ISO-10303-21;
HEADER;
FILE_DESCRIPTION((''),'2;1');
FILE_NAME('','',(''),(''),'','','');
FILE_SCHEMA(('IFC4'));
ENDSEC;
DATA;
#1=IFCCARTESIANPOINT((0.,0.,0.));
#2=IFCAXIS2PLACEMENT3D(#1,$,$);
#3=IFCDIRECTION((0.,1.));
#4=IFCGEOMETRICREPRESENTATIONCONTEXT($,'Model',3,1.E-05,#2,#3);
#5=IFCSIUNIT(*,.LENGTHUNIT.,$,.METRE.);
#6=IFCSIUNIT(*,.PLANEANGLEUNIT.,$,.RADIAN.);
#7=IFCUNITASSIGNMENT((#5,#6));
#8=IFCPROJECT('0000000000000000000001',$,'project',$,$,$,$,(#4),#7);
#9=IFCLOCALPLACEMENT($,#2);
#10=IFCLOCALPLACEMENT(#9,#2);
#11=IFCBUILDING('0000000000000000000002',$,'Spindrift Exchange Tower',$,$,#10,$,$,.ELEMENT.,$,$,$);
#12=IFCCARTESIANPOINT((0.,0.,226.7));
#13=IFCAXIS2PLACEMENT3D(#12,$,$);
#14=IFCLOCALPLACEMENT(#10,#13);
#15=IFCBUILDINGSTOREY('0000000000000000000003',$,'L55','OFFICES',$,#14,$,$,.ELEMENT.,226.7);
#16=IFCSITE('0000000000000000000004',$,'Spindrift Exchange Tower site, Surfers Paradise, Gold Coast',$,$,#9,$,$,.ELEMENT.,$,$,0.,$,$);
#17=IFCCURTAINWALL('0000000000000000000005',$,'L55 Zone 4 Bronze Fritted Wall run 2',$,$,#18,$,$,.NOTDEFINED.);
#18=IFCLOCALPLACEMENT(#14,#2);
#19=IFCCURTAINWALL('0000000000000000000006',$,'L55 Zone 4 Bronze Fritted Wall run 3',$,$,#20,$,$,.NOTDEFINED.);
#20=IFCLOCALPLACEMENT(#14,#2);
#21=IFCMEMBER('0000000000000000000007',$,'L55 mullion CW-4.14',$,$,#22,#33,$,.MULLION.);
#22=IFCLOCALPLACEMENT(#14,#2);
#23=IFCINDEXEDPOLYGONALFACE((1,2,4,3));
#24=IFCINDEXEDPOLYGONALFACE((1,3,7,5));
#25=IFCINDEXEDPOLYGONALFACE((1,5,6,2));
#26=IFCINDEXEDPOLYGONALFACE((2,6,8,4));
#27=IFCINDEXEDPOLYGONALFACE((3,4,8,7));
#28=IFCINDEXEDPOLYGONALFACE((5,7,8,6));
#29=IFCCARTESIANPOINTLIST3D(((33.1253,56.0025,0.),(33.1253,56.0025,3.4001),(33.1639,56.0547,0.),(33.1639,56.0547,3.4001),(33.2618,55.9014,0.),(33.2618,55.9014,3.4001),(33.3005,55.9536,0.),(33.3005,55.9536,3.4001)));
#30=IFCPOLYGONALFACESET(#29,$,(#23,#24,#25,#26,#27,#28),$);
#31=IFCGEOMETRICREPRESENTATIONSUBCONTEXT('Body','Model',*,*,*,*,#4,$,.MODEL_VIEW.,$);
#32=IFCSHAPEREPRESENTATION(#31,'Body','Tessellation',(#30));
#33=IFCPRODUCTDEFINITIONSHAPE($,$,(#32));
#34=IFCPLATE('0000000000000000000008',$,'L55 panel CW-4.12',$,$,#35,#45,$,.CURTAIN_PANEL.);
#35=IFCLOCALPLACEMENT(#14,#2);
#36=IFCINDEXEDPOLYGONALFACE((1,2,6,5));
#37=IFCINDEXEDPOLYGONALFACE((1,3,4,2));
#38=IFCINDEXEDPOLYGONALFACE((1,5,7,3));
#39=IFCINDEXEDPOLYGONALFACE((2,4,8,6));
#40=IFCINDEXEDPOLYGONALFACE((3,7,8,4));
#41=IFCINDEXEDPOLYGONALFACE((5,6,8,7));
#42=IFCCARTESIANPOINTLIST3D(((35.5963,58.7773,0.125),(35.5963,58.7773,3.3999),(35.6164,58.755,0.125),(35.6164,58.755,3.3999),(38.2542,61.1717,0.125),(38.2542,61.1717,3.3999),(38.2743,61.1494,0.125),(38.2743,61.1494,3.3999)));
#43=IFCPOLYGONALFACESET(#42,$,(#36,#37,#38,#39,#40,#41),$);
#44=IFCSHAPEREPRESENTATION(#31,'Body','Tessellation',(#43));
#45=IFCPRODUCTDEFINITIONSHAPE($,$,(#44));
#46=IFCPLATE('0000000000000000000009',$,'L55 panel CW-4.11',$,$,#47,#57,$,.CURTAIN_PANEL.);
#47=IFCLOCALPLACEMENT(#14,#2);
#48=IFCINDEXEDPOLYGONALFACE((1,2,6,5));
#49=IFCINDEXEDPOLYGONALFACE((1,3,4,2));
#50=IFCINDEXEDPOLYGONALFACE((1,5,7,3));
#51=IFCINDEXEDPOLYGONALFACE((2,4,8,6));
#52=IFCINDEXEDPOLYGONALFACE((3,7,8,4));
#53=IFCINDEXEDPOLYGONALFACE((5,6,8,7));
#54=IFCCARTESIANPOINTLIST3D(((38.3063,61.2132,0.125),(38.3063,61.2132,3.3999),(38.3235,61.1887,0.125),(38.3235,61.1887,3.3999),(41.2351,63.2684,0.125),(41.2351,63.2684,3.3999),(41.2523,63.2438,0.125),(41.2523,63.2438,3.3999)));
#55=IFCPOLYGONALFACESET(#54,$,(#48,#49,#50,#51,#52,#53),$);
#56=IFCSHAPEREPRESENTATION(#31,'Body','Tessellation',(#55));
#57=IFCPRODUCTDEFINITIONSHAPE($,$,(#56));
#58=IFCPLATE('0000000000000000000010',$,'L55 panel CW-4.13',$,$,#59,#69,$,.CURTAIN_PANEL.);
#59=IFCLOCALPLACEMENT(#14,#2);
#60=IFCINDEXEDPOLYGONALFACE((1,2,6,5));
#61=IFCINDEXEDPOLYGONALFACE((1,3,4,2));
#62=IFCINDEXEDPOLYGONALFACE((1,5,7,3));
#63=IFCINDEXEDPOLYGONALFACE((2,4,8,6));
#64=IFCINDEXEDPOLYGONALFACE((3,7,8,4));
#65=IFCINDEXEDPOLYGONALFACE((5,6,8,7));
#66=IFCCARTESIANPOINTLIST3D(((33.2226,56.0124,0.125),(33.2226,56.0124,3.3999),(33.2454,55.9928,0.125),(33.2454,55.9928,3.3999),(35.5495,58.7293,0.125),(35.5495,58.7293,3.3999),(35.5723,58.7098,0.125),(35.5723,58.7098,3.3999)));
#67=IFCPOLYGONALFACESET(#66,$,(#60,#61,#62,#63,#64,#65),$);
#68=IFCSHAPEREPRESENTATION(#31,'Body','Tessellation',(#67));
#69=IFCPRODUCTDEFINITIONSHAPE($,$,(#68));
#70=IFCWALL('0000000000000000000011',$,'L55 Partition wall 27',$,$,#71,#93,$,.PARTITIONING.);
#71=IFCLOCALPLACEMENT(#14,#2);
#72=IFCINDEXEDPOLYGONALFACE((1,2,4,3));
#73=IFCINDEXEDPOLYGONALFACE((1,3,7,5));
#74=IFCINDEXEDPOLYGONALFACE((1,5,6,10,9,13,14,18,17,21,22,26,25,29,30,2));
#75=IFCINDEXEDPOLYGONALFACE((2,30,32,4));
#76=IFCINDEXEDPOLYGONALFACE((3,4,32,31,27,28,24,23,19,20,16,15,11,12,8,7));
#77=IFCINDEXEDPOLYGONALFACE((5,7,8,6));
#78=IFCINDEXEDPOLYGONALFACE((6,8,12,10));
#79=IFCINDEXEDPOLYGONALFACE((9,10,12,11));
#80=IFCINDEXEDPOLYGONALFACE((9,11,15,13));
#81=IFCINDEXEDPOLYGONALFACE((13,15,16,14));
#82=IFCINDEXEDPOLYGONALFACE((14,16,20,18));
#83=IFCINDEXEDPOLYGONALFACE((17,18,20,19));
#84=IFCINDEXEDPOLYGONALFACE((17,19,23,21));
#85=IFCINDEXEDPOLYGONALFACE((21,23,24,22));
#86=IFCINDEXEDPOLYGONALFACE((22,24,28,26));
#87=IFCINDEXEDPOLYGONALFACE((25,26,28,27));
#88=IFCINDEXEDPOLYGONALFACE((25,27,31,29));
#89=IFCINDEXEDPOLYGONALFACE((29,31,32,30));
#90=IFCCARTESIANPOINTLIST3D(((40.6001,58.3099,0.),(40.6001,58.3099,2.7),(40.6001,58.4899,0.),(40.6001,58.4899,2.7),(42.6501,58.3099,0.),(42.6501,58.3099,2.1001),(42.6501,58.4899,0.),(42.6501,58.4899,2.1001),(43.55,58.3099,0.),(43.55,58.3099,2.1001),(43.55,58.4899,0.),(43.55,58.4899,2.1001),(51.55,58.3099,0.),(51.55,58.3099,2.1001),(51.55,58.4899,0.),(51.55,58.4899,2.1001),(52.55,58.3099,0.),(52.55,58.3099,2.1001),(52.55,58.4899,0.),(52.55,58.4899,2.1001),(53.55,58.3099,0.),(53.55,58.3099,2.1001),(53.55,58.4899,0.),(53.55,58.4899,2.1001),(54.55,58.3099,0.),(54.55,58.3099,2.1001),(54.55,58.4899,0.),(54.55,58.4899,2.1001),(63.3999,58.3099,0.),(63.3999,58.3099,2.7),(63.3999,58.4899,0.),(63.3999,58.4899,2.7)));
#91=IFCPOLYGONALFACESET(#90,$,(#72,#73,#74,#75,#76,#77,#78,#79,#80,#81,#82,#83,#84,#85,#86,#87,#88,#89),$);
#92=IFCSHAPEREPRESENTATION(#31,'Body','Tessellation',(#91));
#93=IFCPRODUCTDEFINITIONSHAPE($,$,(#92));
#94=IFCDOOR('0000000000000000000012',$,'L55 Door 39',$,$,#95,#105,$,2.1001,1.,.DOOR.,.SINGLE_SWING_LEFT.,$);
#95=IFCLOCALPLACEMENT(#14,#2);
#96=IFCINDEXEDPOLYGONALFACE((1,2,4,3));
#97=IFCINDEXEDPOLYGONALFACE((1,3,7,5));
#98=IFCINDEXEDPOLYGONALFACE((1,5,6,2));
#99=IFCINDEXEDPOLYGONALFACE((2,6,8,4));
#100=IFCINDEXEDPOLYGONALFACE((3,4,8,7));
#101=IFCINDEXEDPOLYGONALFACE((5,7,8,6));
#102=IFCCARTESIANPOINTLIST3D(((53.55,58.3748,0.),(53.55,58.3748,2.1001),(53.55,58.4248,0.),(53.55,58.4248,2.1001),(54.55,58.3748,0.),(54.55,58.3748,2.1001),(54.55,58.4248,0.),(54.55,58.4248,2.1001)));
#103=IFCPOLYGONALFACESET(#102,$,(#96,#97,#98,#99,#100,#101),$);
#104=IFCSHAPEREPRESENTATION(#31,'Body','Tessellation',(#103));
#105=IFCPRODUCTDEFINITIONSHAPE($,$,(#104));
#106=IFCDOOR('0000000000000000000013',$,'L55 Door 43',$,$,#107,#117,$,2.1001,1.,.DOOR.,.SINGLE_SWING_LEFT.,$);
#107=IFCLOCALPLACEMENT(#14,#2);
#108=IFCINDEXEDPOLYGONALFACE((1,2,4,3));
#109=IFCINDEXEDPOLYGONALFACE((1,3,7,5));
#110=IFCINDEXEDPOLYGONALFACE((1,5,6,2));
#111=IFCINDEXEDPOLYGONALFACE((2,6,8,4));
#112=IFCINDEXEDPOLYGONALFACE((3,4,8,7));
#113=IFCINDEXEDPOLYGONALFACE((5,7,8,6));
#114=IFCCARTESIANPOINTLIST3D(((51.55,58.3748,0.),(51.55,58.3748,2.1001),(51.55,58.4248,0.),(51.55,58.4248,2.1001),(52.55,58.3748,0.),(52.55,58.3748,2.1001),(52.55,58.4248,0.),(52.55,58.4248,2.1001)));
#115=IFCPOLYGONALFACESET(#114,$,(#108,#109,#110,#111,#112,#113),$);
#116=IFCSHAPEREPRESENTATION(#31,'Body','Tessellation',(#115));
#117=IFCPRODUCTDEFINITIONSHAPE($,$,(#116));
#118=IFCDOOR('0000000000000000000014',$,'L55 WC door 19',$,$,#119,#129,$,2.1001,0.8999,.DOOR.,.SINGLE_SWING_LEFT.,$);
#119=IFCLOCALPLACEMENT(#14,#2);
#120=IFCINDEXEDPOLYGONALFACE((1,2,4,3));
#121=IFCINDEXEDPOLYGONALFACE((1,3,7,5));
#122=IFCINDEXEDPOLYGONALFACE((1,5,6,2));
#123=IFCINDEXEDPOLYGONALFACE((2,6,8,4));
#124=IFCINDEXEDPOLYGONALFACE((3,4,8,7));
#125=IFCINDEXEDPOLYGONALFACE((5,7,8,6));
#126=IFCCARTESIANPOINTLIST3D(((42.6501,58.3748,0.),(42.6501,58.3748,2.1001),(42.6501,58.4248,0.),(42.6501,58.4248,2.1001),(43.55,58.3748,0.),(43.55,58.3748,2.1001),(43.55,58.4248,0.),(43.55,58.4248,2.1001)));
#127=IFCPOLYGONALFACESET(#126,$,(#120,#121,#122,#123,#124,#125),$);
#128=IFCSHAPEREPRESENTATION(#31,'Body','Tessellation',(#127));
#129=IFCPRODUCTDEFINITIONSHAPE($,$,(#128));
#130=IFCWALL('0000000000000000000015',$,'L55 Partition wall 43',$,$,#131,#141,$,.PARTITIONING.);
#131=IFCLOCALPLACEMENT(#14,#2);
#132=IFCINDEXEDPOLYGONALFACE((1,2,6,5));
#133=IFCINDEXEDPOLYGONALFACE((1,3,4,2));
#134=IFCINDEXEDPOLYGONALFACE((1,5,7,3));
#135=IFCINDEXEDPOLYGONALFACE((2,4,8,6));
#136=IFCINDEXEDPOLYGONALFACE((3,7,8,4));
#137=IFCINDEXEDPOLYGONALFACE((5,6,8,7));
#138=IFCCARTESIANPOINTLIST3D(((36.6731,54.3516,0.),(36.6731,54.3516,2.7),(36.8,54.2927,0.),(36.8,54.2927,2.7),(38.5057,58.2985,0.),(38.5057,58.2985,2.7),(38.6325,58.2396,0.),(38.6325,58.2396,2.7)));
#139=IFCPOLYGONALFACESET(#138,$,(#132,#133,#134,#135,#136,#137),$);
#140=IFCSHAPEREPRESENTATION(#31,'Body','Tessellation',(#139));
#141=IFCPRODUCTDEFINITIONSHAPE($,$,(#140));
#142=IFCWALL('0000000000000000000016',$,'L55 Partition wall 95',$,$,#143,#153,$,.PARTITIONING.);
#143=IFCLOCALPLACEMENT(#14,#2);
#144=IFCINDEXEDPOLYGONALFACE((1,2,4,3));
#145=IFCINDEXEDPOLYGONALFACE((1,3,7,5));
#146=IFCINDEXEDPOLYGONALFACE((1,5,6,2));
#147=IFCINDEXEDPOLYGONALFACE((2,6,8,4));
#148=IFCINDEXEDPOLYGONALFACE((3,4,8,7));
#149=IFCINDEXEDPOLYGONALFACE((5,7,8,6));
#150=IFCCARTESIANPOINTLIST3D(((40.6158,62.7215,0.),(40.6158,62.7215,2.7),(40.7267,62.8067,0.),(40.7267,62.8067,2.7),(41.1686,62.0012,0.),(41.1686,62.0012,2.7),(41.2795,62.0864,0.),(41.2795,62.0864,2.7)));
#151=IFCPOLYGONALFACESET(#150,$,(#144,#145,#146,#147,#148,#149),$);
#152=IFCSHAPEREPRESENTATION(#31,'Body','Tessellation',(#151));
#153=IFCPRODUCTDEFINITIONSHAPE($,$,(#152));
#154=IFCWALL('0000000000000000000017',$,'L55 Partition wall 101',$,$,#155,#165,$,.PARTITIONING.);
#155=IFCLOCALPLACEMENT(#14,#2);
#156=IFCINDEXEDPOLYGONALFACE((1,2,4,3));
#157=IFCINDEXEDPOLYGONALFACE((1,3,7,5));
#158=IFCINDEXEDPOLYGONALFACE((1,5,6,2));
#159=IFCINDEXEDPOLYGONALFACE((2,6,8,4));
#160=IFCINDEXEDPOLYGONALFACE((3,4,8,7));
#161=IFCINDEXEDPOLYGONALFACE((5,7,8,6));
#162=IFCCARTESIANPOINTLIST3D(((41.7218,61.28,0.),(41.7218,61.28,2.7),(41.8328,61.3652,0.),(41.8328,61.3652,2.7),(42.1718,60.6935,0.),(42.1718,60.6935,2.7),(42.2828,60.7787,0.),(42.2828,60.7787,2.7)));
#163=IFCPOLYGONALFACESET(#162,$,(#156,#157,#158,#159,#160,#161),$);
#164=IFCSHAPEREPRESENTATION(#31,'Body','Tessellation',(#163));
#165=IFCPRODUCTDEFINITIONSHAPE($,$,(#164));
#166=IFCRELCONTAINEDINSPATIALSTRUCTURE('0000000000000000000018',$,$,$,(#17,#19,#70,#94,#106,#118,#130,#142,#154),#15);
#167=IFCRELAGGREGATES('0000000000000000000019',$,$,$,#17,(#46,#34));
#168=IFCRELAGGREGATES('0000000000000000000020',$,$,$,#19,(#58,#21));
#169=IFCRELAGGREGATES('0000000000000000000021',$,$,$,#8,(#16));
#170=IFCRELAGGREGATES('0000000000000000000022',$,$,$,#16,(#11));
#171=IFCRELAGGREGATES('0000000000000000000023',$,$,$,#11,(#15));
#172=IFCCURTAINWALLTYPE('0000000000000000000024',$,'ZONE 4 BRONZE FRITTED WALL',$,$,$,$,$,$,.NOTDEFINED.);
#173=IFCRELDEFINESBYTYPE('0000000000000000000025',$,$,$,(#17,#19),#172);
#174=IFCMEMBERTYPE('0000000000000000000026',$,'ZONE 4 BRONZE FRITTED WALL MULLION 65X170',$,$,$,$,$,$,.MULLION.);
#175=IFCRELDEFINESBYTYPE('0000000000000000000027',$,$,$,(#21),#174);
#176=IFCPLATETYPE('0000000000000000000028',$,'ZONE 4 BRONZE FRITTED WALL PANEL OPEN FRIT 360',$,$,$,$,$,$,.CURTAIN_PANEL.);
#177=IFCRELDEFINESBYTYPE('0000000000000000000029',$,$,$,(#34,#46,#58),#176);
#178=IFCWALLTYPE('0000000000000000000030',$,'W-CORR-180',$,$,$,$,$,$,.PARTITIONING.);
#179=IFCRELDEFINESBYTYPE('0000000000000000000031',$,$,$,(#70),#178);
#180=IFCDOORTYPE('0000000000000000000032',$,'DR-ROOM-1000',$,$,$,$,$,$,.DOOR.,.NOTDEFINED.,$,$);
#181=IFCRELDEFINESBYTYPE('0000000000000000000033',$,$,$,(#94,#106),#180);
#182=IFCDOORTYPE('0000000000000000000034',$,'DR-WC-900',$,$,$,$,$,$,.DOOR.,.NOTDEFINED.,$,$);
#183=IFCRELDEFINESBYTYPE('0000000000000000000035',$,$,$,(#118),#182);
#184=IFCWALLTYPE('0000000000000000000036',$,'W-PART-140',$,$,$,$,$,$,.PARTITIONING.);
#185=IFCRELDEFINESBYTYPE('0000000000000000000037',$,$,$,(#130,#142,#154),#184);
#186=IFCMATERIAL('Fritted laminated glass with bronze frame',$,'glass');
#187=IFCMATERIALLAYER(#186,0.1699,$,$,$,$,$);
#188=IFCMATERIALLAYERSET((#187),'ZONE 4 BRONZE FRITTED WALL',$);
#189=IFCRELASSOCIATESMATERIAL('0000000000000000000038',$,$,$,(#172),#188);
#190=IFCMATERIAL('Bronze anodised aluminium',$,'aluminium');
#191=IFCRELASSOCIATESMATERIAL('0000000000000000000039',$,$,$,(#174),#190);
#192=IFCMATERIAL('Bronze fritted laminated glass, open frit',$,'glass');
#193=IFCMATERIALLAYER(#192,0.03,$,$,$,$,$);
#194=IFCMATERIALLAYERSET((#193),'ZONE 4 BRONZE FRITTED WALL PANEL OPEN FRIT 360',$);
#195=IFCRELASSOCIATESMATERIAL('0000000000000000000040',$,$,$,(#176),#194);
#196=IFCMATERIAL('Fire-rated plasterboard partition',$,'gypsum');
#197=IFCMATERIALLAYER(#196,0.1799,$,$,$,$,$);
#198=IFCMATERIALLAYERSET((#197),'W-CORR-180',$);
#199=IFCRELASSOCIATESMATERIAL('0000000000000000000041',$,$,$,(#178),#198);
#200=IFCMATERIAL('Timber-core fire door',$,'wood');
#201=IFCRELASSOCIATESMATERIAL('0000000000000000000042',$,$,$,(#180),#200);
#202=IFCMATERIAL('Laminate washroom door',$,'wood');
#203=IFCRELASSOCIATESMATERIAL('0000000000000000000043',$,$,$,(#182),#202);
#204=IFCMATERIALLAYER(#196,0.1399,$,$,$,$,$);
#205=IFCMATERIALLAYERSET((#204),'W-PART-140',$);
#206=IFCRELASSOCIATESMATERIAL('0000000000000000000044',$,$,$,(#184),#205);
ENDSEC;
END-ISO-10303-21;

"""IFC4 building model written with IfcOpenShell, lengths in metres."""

from ifc_helpers import new_model, si_unit, direction, frame, frame_2d, origin, origin_2d, place, context, subcontext, project, spatial, rectangle, extrude, source, transform, mapped, material, layer, layer_set, material_profile, profile_set, type_object, element, fill, aggregate, save


model = new_model("IFC4")

# Units and contexts
model_context = context("Model", 3, precision=1e-05, world=origin(), true_north=direction((0.0, 1.0)))
body_context = subcontext(model_context, "Body", "Model", "MODEL_VIEW")
ifc_project = project(units=[si_unit("LENGTHUNIT", "METRE"), si_unit("PLANEANGLEUNIT", "RADIAN")], contexts=[model_context])

# Site, building, storey
site_placement = place(None, origin())
site = spatial("IfcSite", under=ifc_project, at=site_placement, Name="Spindrift Exchange Tower site, Surfers Paradise, Gold Coast", CompositionType="ELEMENT", RefElevation=0.0)
building_placement = place(site_placement, origin())
building = spatial("IfcBuilding", under=site, at=building_placement, Name="Spindrift Exchange Tower", CompositionType="ELEMENT")
storey_placement = place(building_placement, frame((0.0, 0.0, 226.7)))
storey = spatial("IfcBuildingStorey", under=building, at=storey_placement, Name="L55", Description="OFFICES", CompositionType="ELEMENT", Elevation=226.7)

# Curtain walls
ifc_material_1 = material(Name="Fritted laminated glass with bronze frame", Category="glass")
ifc_layer_1 = layer(ifc_material_1, 0.1699)
ifc_layer_set_1 = layer_set([ifc_layer_1], Name="ZONE 4 BRONZE FRITTED WALL")
curtain_wall_type = type_object("IfcCurtainWallType", Name="ZONE 4 BRONZE FRITTED WALL", PredefinedType="NOTDEFINED", material=ifc_layer_set_1)
curtain_wall_1_placement = place(storey_placement, origin())
curtain_wall_1 = element("IfcCurtainWall", 1, at=curtain_wall_1_placement, inside=storey, type_object=curtain_wall_type, Name="L55 Zone 4 Bronze Fritted Wall run 2", PredefinedType="NOTDEFINED")
ifc_material_2 = material(Name="Bronze anodised aluminium", Category="aluminium")
curtain_wall_2_placement = place(storey_placement, origin())
curtain_wall_2 = element("IfcCurtainWall", 2, at=curtain_wall_2_placement, inside=storey, type_object=curtain_wall_type, Name="L55 Zone 4 Bronze Fritted Wall run 3", PredefinedType="NOTDEFINED")

# Member
ifc_material_profile_1 = material_profile(ifc_material_2, rectangle(XDim=0.0649, YDim=0.1699, at=origin_2d()), Name="ZONE 4 BRONZE FRITTED WALL MULLION 65X170")
ifc_profile_set_1 = profile_set([ifc_material_profile_1], Name="Bronze anodised aluminium")
member_type_1 = type_object("IfcMemberType", Name="ZONE 4 BRONZE FRITTED WALL MULLION 65X170", PredefinedType="MULLION", material=ifc_profile_set_1)
shared_shape_1 = source(origin(), body_context, "Body", "SweptSolid", [
    extrude(rectangle(XDim=0.0649, YDim=0.1699, at=origin_2d()), origin(), (0.0, 0.0, 1.0), 3.4001),
])
member_1_placement = place(storey_placement, frame((33.2129, 55.978, 0.0), z_axis=(0.0, 0.0, 1.0), x_axis=(-0.595168, -0.803601, 0.0)))
member_1 = element("IfcMember", 3, at=member_1_placement, type_object=member_type_1, Name="L55 mullion CW-4.14", PredefinedType="MULLION", context=body_context, shape_type="MappedRepresentation", body=[
    mapped(shared_shape_1, transform((0.0, 0.0, 0.0), scale=1.0)),
])

# Plates
ifc_material_3 = material(Name="Bronze fritted laminated glass, open frit", Category="glass")
ifc_layer_2 = layer(ifc_material_3, 0.03)
ifc_layer_set_2 = layer_set([ifc_layer_2], Name="ZONE 4 BRONZE FRITTED WALL PANEL OPEN FRIT 360")
plate_type = type_object("IfcPlateType", Name="ZONE 4 BRONZE FRITTED WALL PANEL OPEN FRIT 360", PredefinedType="CURTAIN_PANEL", material=ifc_layer_set_2)
shared_shape_2 = source(origin(), body_context, "Body", "SweptSolid", [
    extrude(rectangle(XDim=3.5774, YDim=0.03, at=origin_2d()), origin(), (0.0, 0.0, 1.0), 3.2749),
])
plate_1_placement = place(storey_placement, frame((36.9353, 59.9634, 0.125), z_axis=(0.0, 0.0, 1.0), x_axis=(-0.742975, -0.669319, 0.0)))
plate_1 = element("IfcPlate", 4, at=plate_1_placement, type_object=plate_type, Name="L55 panel CW-4.12", PredefinedType="CURTAIN_PANEL", context=body_context, shape_type="MappedRepresentation", body=[
    mapped(shared_shape_2, transform((0.0, 0.0, 0.0), scale=1.0)),
])
shared_shape_3 = source(origin(), body_context, "Body", "SweptSolid", [
    extrude(rectangle(XDim=3.5779, YDim=0.03, at=origin_2d()), origin(), (0.0, 0.0, 1.0), 3.2749),
])
plate_2_placement = place(storey_placement, frame((39.7793, 62.2285, 0.125), z_axis=(0.0, 0.0, 1.0), x_axis=(-0.818578, -0.574395, 0.0)))
plate_2 = element("IfcPlate", 5, at=plate_2_placement, type_object=plate_type, Name="L55 panel CW-4.11", PredefinedType="CURTAIN_PANEL", context=body_context, shape_type="MappedRepresentation", body=[
    mapped(shared_shape_3, transform((0.0, 0.0, 0.0), scale=1.0)),
])
aggregate(curtain_wall_1, [plate_2, plate_1])
shared_shape_4 = source(origin(), body_context, "Body", "SweptSolid", [
    extrude(rectangle(XDim=3.5771, YDim=0.03, at=origin_2d()), origin(), (0.0, 0.0, 1.0), 3.2749),
])
plate_3_placement = place(storey_placement, frame((34.3975, 57.3611, 0.125), z_axis=(0.0, 0.0, 1.0), x_axis=(-0.650472, -0.75953, 0.0)))
plate_3 = element("IfcPlate", 6, at=plate_3_placement, type_object=plate_type, Name="L55 panel CW-4.13", PredefinedType="CURTAIN_PANEL", context=body_context, shape_type="MappedRepresentation", body=[
    mapped(shared_shape_4, transform((0.0, 0.0, 0.0), scale=1.0)),
])
aggregate(curtain_wall_2, [plate_3, member_1])

# Wall, openings, doors
ifc_material_4 = material(Name="Fire-rated plasterboard partition", Category="gypsum")
ifc_layer_3 = layer(ifc_material_4, 0.1799)
ifc_layer_set_3 = layer_set([ifc_layer_3], Name="W-CORR-180")
wall_type_1 = type_object("IfcWallType", Name="W-CORR-180", PredefinedType="PARTITIONING", material=ifc_layer_set_3)
wall_1_placement = place(storey_placement, frame((40.6001, 58.3999, 0.0), z_axis=(0.0, 0.0, 1.0), x_axis=(1.0, 0.0, 0.0)))
wall_1 = element("IfcWall", 7, at=wall_1_placement, inside=storey, type_object=wall_type_1, Name="L55 Partition wall 27", PredefinedType="PARTITIONING", context=body_context, shape_type="SweptSolid", body=[
    extrude(rectangle(XDim=22.7998, YDim=0.1799, at=frame_2d((11.3999, 0.0))), origin(), (0.0, 0.0, 1.0), 2.7),
])
opening_1_placement = place(wall_1_placement, frame((2.05, 0.0, 0.0)))
opening_1 = element("IfcOpeningElement", 8, at=opening_1_placement, cuts=wall_1, PredefinedType="OPENING", context=body_context, shape_type="SweptSolid", body=[
    extrude(rectangle(XDim=0.8999, YDim=2.1001, at=frame_2d((0.45, 1.05))), frame((0.0, 0.0999, 0.0), z_axis=(0.0, -1.0, 0.0), x_axis=(1.0, 0.0, 0.0)), (0.0, 0.0, 1.0), 0.2),
])
opening_2_placement = place(wall_1_placement, frame((12.95, 0.0, 0.0)))
opening_2 = element("IfcOpeningElement", 9, at=opening_2_placement, cuts=wall_1, PredefinedType="OPENING", context=body_context, shape_type="SweptSolid", body=[
    extrude(rectangle(XDim=1.0, YDim=2.1001, at=frame_2d((0.5, 1.05))), frame((0.0, 0.0999, 0.0), z_axis=(0.0, -1.0, 0.0), x_axis=(1.0, 0.0, 0.0)), (0.0, 0.0, 1.0), 0.2),
])
opening_3_placement = place(wall_1_placement, frame((10.95, 0.0, 0.0)))
opening_3 = element("IfcOpeningElement", 10, at=opening_3_placement, cuts=wall_1, PredefinedType="OPENING", context=body_context, shape_type="SweptSolid", body=[
    extrude(rectangle(XDim=1.0, YDim=2.1001, at=frame_2d((0.5, 1.05))), frame((0.0, 0.0999, 0.0), z_axis=(0.0, -1.0, 0.0), x_axis=(1.0, 0.0, 0.0)), (0.0, 0.0, 1.0), 0.2),
])
ifc_material_5 = material(Name="Timber-core fire door", Category="wood")
door_type_1 = type_object("IfcDoorType", Name="DR-ROOM-1000", OperationType="NOTDEFINED", PredefinedType="DOOR", material=ifc_material_5)
shared_shape_5 = source(origin(), body_context, "Body", "SweptSolid", [
    extrude(rectangle(XDim=1.0, YDim=2.1001, at=frame_2d((0.5, 1.05))), frame((0.0, 0.0249, 0.0), z_axis=(0.0, -1.0, 0.0), x_axis=(1.0, 0.0, 0.0)), (0.0, 0.0, 1.0), 0.05),
])
door_1_placement = place(opening_2_placement, origin())
door_1 = element("IfcDoor", 11, at=door_1_placement, inside=storey, type_object=door_type_1, Name="L55 Door 39", OperationType="SINGLE_SWING_LEFT", OverallHeight=2.1001, OverallWidth=1.0, PredefinedType="DOOR", context=body_context, shape_type="MappedRepresentation", body=[
    mapped(shared_shape_5, transform((0.0, 0.0, 0.0), scale=1.0)),
])
fill(opening_2, door_1)
door_2_placement = place(opening_3_placement, origin())
door_2 = element("IfcDoor", 12, at=door_2_placement, inside=storey, type_object=door_type_1, Name="L55 Door 43", OperationType="SINGLE_SWING_LEFT", OverallHeight=2.1001, OverallWidth=1.0, PredefinedType="DOOR", context=body_context, shape_type="MappedRepresentation", body=[
    mapped(shared_shape_5, transform((0.0, 0.0, 0.0), scale=1.0)),
])
fill(opening_3, door_2)
ifc_material_6 = material(Name="Laminate washroom door", Category="wood")
door_type_2 = type_object("IfcDoorType", Name="DR-WC-900", OperationType="NOTDEFINED", PredefinedType="DOOR", material=ifc_material_6)
shared_shape_6 = source(origin(), body_context, "Body", "SweptSolid", [
    extrude(rectangle(XDim=0.8999, YDim=2.1001, at=frame_2d((0.45, 1.05))), frame((0.0, 0.0249, 0.0), z_axis=(0.0, -1.0, 0.0), x_axis=(1.0, 0.0, 0.0)), (0.0, 0.0, 1.0), 0.05),
])
door_3_placement = place(opening_1_placement, origin())
door_3 = element("IfcDoor", 13, at=door_3_placement, inside=storey, type_object=door_type_2, Name="L55 WC door 19", OperationType="SINGLE_SWING_LEFT", OverallHeight=2.1001, OverallWidth=0.8999, PredefinedType="DOOR", context=body_context, shape_type="MappedRepresentation", body=[
    mapped(shared_shape_6, transform((0.0, 0.0, 0.0), scale=1.0)),
])
fill(opening_1, door_3)

# Walls
ifc_layer_4 = layer(ifc_material_4, 0.1399)
ifc_layer_set_4 = layer_set([ifc_layer_4], Name="W-PART-140")
wall_type_2 = type_object("IfcWallType", Name="W-PART-140", PredefinedType="PARTITIONING", material=ifc_layer_set_4)
wall_2_placement = place(storey_placement, frame((38.5691, 58.269, 0.0), z_axis=(0.0, 0.0, 1.0), x_axis=(-0.421128, -0.907001, 0.0)))
element("IfcWall", 14, at=wall_2_placement, inside=storey, type_object=wall_type_2, Name="L55 Partition wall 43", PredefinedType="PARTITIONING", context=body_context, shape_type="SweptSolid", body=[
    extrude(rectangle(XDim=4.3516, YDim=0.1399, at=frame_2d((2.1758, 0.0))), origin(), (0.0, 0.0, 1.0), 2.7),
])
wall_3_placement = place(storey_placement, frame((41.2241, 62.0437, 0.0), z_axis=(0.0, 0.0, 1.0), x_axis=(-0.608827, 0.793303, 0.0)))
element("IfcWall", 15, at=wall_3_placement, inside=storey, type_object=wall_type_2, Name="L55 Partition wall 95", PredefinedType="PARTITIONING", context=body_context, shape_type="SweptSolid", body=[
    extrude(rectangle(XDim=0.908, YDim=0.1399, at=frame_2d((0.4541, 0.0))), origin(), (0.0, 0.0, 1.0), 2.7),
])
wall_4_placement = place(storey_placement, frame((42.2273, 60.7361, 0.0), z_axis=(0.0, 0.0, 1.0), x_axis=(-0.608737, 0.793372, 0.0)))
element("IfcWall", 16, at=wall_4_placement, inside=storey, type_object=wall_type_2, Name="L55 Partition wall 101", PredefinedType="PARTITIONING", context=body_context, shape_type="SweptSolid", body=[
    extrude(rectangle(XDim=0.7393, YDim=0.1399, at=frame_2d((0.3696, 0.0))), origin(), (0.0, 0.0, 1.0), 2.7),
])

save(model, "model.ifc")
